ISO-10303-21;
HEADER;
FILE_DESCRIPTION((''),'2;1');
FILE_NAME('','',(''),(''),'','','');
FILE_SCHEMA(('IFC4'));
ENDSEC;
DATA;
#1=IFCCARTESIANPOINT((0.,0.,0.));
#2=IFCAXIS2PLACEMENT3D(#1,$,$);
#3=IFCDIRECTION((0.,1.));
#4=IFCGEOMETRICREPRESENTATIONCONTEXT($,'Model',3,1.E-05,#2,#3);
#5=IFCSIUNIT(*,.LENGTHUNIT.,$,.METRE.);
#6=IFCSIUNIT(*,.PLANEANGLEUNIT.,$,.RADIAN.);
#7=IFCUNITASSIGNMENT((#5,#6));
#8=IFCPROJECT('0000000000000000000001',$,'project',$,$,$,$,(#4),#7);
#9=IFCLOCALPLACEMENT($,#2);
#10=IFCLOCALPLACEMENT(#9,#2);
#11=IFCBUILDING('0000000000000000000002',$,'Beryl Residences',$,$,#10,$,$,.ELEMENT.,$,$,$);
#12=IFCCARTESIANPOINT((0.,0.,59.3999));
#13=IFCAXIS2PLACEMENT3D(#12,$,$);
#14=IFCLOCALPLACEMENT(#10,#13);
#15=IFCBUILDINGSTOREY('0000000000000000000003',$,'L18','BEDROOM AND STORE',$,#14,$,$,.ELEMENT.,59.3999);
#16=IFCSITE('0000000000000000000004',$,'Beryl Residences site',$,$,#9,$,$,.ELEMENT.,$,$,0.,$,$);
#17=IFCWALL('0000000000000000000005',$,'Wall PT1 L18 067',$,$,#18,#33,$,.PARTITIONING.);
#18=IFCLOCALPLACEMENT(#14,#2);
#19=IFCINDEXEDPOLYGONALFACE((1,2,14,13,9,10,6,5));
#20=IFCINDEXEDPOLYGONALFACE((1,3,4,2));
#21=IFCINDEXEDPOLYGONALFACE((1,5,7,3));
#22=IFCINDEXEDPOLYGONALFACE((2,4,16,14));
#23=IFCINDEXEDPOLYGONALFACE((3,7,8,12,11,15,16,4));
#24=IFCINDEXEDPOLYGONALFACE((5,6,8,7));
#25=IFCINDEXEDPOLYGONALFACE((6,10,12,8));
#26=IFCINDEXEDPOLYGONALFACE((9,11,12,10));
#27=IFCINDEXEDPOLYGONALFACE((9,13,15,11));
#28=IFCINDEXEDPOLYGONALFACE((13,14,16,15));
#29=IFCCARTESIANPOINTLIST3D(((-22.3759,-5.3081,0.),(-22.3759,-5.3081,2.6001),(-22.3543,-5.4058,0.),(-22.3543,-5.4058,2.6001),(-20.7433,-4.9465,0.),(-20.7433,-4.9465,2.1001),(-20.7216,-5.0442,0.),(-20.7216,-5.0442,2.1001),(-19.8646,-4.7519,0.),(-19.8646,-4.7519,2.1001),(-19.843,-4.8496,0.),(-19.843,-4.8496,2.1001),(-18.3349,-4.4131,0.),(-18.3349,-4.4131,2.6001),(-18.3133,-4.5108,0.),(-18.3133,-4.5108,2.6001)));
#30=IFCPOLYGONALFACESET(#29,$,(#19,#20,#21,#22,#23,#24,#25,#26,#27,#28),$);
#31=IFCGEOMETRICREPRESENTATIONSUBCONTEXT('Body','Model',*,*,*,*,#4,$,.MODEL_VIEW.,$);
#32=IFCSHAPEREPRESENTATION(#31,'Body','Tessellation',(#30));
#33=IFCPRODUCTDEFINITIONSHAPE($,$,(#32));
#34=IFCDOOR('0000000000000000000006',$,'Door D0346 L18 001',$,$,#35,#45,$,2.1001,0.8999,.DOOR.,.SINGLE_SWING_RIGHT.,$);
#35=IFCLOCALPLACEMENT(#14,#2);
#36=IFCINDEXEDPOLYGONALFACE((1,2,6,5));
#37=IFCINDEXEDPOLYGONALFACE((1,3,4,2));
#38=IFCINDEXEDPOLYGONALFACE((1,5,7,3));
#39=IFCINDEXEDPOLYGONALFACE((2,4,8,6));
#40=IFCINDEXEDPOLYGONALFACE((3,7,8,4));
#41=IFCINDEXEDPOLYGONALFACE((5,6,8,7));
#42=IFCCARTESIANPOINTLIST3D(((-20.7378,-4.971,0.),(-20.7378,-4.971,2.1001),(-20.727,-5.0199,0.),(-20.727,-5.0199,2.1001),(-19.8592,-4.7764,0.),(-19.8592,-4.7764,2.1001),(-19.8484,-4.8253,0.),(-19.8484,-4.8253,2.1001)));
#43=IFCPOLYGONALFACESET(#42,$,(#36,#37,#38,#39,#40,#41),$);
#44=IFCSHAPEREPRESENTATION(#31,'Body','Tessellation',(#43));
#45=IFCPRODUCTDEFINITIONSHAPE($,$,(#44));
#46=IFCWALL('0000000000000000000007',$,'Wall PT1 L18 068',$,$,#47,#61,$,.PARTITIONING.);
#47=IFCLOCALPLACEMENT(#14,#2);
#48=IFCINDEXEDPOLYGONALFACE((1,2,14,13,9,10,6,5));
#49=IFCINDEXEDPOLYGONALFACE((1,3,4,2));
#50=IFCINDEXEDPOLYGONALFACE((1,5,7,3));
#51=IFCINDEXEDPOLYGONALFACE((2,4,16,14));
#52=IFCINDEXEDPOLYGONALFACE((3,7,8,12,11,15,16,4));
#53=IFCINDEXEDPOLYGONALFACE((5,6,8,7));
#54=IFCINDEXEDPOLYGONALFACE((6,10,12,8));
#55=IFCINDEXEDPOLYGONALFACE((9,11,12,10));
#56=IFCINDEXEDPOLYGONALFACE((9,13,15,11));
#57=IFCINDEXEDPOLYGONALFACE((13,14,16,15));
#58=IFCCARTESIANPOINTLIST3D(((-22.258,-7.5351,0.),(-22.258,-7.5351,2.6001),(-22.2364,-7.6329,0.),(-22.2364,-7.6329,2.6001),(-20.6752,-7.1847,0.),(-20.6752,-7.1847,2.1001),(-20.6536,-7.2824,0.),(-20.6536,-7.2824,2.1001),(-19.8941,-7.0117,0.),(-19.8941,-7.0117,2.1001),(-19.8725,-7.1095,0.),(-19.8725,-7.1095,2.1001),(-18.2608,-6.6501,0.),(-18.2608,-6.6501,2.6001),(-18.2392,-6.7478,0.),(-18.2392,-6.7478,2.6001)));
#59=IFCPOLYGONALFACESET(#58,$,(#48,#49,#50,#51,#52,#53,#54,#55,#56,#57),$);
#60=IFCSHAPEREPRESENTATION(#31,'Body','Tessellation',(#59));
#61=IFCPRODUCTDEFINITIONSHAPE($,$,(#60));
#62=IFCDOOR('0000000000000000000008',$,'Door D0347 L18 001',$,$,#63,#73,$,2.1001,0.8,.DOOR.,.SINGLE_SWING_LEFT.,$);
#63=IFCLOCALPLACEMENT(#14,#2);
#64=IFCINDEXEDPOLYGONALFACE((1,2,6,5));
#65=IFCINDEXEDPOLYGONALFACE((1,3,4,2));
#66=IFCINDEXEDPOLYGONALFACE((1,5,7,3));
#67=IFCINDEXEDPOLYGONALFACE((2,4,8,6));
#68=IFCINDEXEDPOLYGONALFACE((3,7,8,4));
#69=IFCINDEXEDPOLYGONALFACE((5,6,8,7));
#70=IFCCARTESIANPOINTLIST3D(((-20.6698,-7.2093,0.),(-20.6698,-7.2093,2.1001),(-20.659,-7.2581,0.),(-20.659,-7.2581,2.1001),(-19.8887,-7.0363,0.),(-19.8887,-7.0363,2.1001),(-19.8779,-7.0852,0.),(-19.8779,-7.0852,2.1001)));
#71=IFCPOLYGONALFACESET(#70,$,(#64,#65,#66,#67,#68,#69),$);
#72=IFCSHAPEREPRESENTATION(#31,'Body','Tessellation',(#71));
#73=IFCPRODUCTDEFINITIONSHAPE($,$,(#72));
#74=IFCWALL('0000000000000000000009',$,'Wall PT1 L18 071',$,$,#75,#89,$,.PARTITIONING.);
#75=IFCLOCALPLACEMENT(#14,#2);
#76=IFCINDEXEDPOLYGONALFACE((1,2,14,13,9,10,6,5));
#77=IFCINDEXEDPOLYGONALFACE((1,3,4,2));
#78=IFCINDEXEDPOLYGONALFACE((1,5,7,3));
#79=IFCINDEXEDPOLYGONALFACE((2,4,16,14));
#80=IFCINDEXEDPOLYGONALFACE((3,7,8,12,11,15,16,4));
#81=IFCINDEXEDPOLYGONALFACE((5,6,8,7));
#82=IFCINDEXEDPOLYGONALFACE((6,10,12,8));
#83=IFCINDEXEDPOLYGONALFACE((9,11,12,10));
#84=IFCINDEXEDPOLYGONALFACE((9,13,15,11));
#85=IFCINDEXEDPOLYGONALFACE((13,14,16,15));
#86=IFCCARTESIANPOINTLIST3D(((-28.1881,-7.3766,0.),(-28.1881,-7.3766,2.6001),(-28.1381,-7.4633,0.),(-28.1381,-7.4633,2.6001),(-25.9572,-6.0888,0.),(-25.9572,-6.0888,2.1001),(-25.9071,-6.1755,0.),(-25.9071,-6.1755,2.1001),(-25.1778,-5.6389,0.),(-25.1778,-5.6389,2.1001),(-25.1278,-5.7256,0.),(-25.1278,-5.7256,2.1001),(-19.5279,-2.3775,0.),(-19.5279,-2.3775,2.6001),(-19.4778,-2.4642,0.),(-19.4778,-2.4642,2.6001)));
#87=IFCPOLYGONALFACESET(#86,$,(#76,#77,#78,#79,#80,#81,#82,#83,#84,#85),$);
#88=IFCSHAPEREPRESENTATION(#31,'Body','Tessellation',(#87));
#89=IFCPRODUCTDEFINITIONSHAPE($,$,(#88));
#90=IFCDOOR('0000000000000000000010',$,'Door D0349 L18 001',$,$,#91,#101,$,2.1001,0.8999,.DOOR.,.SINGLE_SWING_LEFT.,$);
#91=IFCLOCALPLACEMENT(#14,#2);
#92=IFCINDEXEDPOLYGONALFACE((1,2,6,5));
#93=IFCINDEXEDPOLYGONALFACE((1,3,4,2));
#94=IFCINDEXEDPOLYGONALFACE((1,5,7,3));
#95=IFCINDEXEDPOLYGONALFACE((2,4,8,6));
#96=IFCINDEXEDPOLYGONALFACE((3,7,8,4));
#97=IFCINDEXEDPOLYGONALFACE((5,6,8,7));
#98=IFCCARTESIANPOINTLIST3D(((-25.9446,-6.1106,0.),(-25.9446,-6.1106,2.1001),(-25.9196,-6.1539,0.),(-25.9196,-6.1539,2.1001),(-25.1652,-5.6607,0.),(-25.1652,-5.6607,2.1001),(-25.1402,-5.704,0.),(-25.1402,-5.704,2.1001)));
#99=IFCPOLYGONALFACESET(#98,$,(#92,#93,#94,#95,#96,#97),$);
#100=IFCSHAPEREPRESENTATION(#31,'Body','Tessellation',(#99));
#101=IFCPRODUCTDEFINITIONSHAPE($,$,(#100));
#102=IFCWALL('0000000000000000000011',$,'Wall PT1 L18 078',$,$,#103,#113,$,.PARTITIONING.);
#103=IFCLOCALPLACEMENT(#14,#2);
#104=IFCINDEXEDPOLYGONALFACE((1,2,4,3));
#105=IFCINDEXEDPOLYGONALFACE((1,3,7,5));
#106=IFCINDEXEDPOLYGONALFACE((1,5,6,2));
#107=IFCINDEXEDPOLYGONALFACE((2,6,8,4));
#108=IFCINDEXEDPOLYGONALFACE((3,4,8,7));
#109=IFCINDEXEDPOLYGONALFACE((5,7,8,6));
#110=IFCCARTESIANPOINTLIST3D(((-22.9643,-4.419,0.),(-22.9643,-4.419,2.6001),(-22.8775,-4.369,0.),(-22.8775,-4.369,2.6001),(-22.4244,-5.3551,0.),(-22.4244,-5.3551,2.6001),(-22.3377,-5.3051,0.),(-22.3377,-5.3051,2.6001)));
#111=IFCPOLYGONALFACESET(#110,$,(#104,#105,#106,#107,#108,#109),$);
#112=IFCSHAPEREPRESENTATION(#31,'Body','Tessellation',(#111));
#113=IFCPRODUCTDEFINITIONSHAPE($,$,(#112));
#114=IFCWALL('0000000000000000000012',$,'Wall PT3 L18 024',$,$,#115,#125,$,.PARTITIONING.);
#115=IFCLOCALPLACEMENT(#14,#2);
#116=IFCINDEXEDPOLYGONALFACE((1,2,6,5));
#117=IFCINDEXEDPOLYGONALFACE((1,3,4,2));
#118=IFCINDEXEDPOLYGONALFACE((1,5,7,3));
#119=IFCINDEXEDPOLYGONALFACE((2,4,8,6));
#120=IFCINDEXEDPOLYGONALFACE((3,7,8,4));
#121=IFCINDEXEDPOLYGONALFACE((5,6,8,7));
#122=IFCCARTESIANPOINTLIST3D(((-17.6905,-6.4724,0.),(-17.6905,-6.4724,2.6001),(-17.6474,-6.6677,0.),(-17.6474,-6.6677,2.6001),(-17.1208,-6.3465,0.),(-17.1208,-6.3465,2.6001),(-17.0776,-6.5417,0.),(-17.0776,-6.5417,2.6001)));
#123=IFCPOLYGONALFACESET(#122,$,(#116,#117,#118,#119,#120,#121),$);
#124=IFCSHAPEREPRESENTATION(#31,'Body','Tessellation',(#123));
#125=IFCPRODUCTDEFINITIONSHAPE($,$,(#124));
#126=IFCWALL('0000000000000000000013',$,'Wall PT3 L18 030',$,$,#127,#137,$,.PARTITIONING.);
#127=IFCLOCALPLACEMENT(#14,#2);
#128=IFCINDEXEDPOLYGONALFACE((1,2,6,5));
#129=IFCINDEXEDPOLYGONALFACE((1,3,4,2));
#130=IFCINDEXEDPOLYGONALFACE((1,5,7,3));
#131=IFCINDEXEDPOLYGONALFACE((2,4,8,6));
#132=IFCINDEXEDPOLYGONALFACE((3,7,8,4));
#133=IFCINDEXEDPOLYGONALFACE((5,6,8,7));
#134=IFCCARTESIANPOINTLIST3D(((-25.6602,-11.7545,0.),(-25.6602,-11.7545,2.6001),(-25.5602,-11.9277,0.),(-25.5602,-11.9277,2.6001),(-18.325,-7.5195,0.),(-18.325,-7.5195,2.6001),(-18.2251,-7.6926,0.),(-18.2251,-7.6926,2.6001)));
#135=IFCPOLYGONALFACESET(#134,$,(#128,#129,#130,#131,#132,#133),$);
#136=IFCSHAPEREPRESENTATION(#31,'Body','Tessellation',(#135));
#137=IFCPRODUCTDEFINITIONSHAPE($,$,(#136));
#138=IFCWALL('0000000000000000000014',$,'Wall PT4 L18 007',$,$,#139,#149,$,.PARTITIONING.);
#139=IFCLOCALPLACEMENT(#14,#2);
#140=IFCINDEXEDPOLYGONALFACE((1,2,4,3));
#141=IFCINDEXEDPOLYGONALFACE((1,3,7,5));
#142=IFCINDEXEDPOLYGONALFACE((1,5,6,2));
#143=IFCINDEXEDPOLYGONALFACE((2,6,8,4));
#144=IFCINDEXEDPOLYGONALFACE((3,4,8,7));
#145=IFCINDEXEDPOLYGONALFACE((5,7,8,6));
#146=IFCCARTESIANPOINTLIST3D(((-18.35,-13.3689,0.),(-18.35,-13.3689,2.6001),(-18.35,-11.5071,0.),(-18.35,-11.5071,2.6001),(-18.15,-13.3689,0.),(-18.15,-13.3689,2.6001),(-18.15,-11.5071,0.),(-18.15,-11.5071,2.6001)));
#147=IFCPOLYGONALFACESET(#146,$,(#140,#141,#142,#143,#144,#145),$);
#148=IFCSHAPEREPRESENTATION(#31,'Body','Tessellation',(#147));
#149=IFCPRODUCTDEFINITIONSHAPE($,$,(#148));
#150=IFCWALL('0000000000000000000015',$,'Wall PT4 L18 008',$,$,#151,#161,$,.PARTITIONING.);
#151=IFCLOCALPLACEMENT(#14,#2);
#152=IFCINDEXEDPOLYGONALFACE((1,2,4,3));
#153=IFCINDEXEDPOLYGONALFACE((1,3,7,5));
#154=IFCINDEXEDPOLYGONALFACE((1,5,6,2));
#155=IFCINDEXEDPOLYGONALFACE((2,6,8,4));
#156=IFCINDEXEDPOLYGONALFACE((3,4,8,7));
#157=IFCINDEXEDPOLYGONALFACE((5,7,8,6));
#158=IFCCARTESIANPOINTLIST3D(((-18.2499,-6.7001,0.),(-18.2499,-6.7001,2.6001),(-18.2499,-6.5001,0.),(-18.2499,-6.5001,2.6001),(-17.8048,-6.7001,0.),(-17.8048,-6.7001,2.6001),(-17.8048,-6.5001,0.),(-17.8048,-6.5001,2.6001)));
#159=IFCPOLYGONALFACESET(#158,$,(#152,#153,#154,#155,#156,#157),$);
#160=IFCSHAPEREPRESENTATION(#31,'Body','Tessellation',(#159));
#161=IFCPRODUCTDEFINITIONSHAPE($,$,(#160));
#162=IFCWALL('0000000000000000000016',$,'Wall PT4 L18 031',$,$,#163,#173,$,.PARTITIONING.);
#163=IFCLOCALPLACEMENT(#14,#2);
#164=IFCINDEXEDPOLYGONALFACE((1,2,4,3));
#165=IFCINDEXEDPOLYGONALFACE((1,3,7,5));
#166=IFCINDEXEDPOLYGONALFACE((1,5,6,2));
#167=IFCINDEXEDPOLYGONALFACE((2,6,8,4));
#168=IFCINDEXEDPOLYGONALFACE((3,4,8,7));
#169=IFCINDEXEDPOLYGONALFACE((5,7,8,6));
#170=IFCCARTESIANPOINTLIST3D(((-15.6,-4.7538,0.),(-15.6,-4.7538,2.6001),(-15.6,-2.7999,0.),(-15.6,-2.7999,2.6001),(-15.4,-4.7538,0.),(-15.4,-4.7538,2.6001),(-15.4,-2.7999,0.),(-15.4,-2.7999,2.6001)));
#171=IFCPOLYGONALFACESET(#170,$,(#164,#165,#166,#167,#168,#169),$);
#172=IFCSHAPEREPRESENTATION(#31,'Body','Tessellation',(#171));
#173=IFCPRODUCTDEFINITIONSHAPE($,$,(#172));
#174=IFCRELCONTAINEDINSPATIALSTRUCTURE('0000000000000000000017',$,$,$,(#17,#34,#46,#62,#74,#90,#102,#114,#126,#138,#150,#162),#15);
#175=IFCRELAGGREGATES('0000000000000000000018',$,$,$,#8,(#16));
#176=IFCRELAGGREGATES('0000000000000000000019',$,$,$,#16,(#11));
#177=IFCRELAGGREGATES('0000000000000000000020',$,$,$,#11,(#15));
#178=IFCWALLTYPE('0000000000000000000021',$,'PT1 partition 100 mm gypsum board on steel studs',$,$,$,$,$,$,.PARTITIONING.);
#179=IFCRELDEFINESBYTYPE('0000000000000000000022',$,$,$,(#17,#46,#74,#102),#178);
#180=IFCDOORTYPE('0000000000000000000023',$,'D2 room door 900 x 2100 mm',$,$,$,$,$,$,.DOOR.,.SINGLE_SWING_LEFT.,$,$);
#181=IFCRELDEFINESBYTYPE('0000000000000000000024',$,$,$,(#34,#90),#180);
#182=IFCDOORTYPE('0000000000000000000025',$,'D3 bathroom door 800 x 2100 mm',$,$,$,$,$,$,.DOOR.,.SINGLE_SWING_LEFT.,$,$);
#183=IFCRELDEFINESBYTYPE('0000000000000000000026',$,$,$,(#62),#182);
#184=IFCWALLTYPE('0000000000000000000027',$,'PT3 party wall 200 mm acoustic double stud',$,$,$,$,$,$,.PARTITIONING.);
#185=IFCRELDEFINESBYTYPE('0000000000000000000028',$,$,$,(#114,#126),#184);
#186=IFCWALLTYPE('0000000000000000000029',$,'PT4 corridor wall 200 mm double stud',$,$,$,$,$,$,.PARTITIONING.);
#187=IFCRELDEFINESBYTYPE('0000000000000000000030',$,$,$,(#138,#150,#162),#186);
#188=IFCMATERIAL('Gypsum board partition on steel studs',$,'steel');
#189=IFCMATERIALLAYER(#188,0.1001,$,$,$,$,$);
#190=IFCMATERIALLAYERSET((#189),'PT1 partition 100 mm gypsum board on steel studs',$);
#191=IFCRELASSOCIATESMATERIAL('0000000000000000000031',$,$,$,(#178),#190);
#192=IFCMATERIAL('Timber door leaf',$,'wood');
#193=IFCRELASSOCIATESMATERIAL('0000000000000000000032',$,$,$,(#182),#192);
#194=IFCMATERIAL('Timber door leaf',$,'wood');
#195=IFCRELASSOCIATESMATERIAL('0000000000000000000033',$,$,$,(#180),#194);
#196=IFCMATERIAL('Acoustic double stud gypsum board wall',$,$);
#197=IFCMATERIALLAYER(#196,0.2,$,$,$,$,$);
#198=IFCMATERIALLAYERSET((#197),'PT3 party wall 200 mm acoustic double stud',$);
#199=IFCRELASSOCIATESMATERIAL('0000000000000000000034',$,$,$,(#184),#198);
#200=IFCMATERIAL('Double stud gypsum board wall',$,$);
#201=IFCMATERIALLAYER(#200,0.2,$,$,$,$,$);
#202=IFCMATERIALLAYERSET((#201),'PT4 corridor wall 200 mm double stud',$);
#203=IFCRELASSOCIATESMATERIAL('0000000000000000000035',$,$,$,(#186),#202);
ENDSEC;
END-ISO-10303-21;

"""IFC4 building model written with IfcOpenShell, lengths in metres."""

from ifc_helpers import new_model, si_unit, direction, frame, frame_2d, origin, place, context, subcontext, project, spatial, rectangle, extrude, material, layer, layer_set, type_object, element, fill, save


model = new_model("IFC4")

# Units and contexts
model_context = context("Model", 3, precision=1e-05, world=origin(), true_north=direction((0.0, 1.0)))
body_context = subcontext(model_context, "Body", "Model", "MODEL_VIEW")
ifc_project = project(units=[si_unit("LENGTHUNIT", "METRE"), si_unit("PLANEANGLEUNIT", "RADIAN")], contexts=[model_context])

# Site, building, storey
site_placement = place(None, origin())
site = spatial("IfcSite", under=ifc_project, at=site_placement, Name="Beryl Residences site", CompositionType="ELEMENT", RefElevation=0.0)
building_placement = place(site_placement, origin())
building = spatial("IfcBuilding", under=site, at=building_placement, Name="Beryl Residences", CompositionType="ELEMENT")
storey_placement = place(building_placement, frame((0.0, 0.0, 59.3999)))
storey = spatial("IfcBuildingStorey", under=building, at=storey_placement, Name="L18", Description="BEDROOM AND STORE", CompositionType="ELEMENT", Elevation=59.3999)

# Shared definitions
ifc_material_1 = material(Name="Gypsum board partition on steel studs", Category="steel")
ifc_layer_1 = layer(ifc_material_1, 0.1001)
ifc_layer_set_1 = layer_set([ifc_layer_1], Name="PT1 partition 100 mm gypsum board on steel studs")
wall_type_1 = type_object("IfcWallType", Name="PT1 partition 100 mm gypsum board on steel studs", PredefinedType="PARTITIONING", material=ifc_layer_set_1)

# Walls, openings, doors
ifc_material_2 = material(Name="Timber door leaf", Category="wood")
door_type_1 = type_object("IfcDoorType", Name="D3 bathroom door 800 x 2100 mm", OperationType="SINGLE_SWING_LEFT", PredefinedType="DOOR", material=ifc_material_2)
ifc_material_3 = material(Name="Timber door leaf", Category="wood")
door_type_2 = type_object("IfcDoorType", Name="D2 room door 900 x 2100 mm", OperationType="SINGLE_SWING_LEFT", PredefinedType="DOOR", material=ifc_material_3)
wall_1_placement = place(storey_placement, frame((-22.365, -5.3569, 0.0), z_axis=(0.0, 0.0, 1.0), x_axis=(0.976339, 0.216243, 0.0)))
wall_1 = element("IfcWall", 1, at=wall_1_placement, inside=storey, type_object=wall_type_1, Name="Wall PT1 L18 067", PredefinedType="PARTITIONING", context=body_context, shape_type="SweptSolid", body=[
    extrude(rectangle(XDim=4.1389, YDim=0.1001, at=frame_2d((2.0693, 0.0))), origin(), (0.0, 0.0, 1.0), 2.6001),
])
opening_1_placement = place(wall_1_placement, frame((1.6721, 0.0, 0.0)))
opening_1 = element("IfcOpeningElement", 2, at=opening_1_placement, cuts=wall_1, PredefinedType="OPENING", context=body_context, shape_type="SweptSolid", body=[
    extrude(rectangle(XDim=0.8999, YDim=2.1001, at=frame_2d((0.45, 1.05))), frame((0.0, 0.0601, 0.0), z_axis=(0.0, -1.0, 0.0), x_axis=(1.0, 0.0, 0.0)), (0.0, 0.0, 1.0), 0.1201),
])
door_1_placement = place(opening_1_placement, origin())
door_1 = element("IfcDoor", 3, at=door_1_placement, inside=storey, type_object=door_type_2, Name="Door D0346 L18 001", OperationType="SINGLE_SWING_RIGHT", OverallHeight=2.1001, OverallWidth=0.8999, PredefinedType="DOOR", context=body_context, shape_type="SweptSolid", body=[
    extrude(rectangle(XDim=0.8999, YDim=2.1001, at=frame_2d((0.45, 1.05))), frame((0.0, 0.0249, 0.0), z_axis=(0.0, -1.0, 0.0), x_axis=(1.0, 0.0, 0.0)), (0.0, 0.0, 1.0), 0.05),
])
fill(opening_1, door_1)
wall_2_placement = place(storey_placement, frame((-22.2471, -7.584, 0.0), z_axis=(0.0, 0.0, 1.0), x_axis=(0.976354, 0.216179, 0.0)))
wall_2 = element("IfcWall", 4, at=wall_2_placement, inside=storey, type_object=wall_type_1, Name="Wall PT1 L18 068", PredefinedType="PARTITIONING", context=body_context, shape_type="SweptSolid", body=[
    extrude(rectangle(XDim=4.094, YDim=0.1001, at=frame_2d((2.0469, 0.0))), origin(), (0.0, 0.0, 1.0), 2.6001),
])
opening_2_placement = place(wall_2_placement, frame((1.6211, 0.0, 0.0)))
opening_2 = element("IfcOpeningElement", 5, at=opening_2_placement, cuts=wall_2, PredefinedType="OPENING", context=body_context, shape_type="SweptSolid", body=[
    extrude(rectangle(XDim=0.8, YDim=2.1001, at=frame_2d((0.3999, 1.05))), frame((0.0, 0.0601, 0.0), z_axis=(0.0, -1.0, 0.0), x_axis=(1.0, 0.0, 0.0)), (0.0, 0.0, 1.0), 0.1201),
])
door_2_placement = place(opening_2_placement, origin())
door_2 = element("IfcDoor", 6, at=door_2_placement, inside=storey, type_object=door_type_1, Name="Door D0347 L18 001", OperationType="SINGLE_SWING_LEFT", OverallHeight=2.1001, OverallWidth=0.8, PredefinedType="DOOR", context=body_context, shape_type="SweptSolid", body=[
    extrude(rectangle(XDim=0.8, YDim=2.1001, at=frame_2d((0.3999, 1.05))), frame((0.0, 0.0249, 0.0), z_axis=(0.0, -1.0, 0.0), x_axis=(1.0, 0.0, 0.0)), (0.0, 0.0, 1.0), 0.05),
])
fill(opening_2, door_2)
wall_3_placement = place(storey_placement, frame((-28.1631, -7.4199, 0.0), z_axis=(0.0, 0.0, 1.0), x_axis=(0.866065, 0.499931, 0.0)))
wall_3 = element("IfcWall", 7, at=wall_3_placement, inside=storey, type_object=wall_type_1, Name="Wall PT1 L18 071", PredefinedType="PARTITIONING", context=body_context, shape_type="SweptSolid", body=[
    extrude(rectangle(XDim=9.9995, YDim=0.1001, at=frame_2d((4.9998, 0.0))), origin(), (0.0, 0.0, 1.0), 2.6001),
])
opening_3_placement = place(wall_3_placement, frame((2.5759, 0.0, 0.0)))
opening_3 = element("IfcOpeningElement", 8, at=opening_3_placement, cuts=wall_3, PredefinedType="OPENING", context=body_context, shape_type="SweptSolid", body=[
    extrude(rectangle(XDim=0.8999, YDim=2.1001, at=frame_2d((0.45, 1.05))), frame((0.0, 0.0601, 0.0), z_axis=(0.0, -1.0, 0.0), x_axis=(1.0, 0.0, 0.0)), (0.0, 0.0, 1.0), 0.1201),
])
door_3_placement = place(opening_3_placement, origin())
door_3 = element("IfcDoor", 9, at=door_3_placement, inside=storey, type_object=door_type_2, Name="Door D0349 L18 001", OperationType="SINGLE_SWING_LEFT", OverallHeight=2.1001, OverallWidth=0.8999, PredefinedType="DOOR", context=body_context, shape_type="SweptSolid", body=[
    extrude(rectangle(XDim=0.8999, YDim=2.1001, at=frame_2d((0.45, 1.05))), frame((0.0, 0.0249, 0.0), z_axis=(0.0, -1.0, 0.0), x_axis=(1.0, 0.0, 0.0)), (0.0, 0.0, 1.0), 0.05),
])
fill(opening_3, door_3)

# Walls
wall_4_placement = place(storey_placement, frame((-22.9209, -4.394, 0.0), z_axis=(0.0, 0.0, 1.0), x_axis=(0.499566, -0.866276, 0.0)))
element("IfcWall", 10, at=wall_4_placement, inside=storey, type_object=wall_type_1, Name="Wall PT1 L18 078", PredefinedType="PARTITIONING", context=body_context, shape_type="SweptSolid", body=[
    extrude(rectangle(XDim=1.0806, YDim=0.1001, at=frame_2d((0.5403, 0.0))), origin(), (0.0, 0.0, 1.0), 2.6001),
])
ifc_material_4 = material(Name="Acoustic double stud gypsum board wall")
ifc_layer_2 = layer(ifc_material_4, 0.2)
ifc_layer_set_2 = layer_set([ifc_layer_2], Name="PT3 party wall 200 mm acoustic double stud")
wall_type_2 = type_object("IfcWallType", Name="PT3 party wall 200 mm acoustic double stud", PredefinedType="PARTITIONING", material=ifc_layer_set_2)
wall_5_placement = place(storey_placement, frame((-17.6689, -6.5701, 0.0), z_axis=(0.0, 0.0, 1.0), x_axis=(0.976423, 0.215867, 0.0)))
element("IfcWall", 11, at=wall_5_placement, inside=storey, type_object=wall_type_2, Name="Wall PT3 L18 024", PredefinedType="PARTITIONING", context=body_context, shape_type="SweptSolid", body=[
    extrude(rectangle(XDim=0.5835, YDim=0.2, at=frame_2d((0.2917, 0.0))), origin(), (0.0, 0.0, 1.0), 2.6001),
])
wall_6_placement = place(storey_placement, frame((-25.6101, -11.8411, 0.0), z_axis=(0.0, 0.0, 1.0), x_axis=(0.866019, 0.500011, 0.0)))
element("IfcWall", 12, at=wall_6_placement, inside=storey, type_object=wall_type_2, Name="Wall PT3 L18 030", PredefinedType="PARTITIONING", context=body_context, shape_type="SweptSolid", body=[
    extrude(rectangle(XDim=8.47, YDim=0.2, at=frame_2d((4.2349, 0.0))), origin(), (0.0, 0.0, 1.0), 2.6001),
])
ifc_material_5 = material(Name="Double stud gypsum board wall")
ifc_layer_3 = layer(ifc_material_5, 0.2)
ifc_layer_set_3 = layer_set([ifc_layer_3], Name="PT4 corridor wall 200 mm double stud")
wall_type_3 = type_object("IfcWallType", Name="PT4 corridor wall 200 mm double stud", PredefinedType="PARTITIONING", material=ifc_layer_set_3)
wall_7_placement = place(storey_placement, frame((-18.25, -11.5071, 0.0), z_axis=(0.0, 0.0, 1.0), x_axis=(0.0, -1.0, 0.0)))
element("IfcWall", 13, at=wall_7_placement, inside=storey, type_object=wall_type_3, Name="Wall PT4 L18 007", PredefinedType="PARTITIONING", context=body_context, shape_type="SweptSolid", body=[
    extrude(rectangle(XDim=1.8618, YDim=0.2, at=frame_2d((0.9309, 0.0))), origin(), (0.0, 0.0, 1.0), 2.6001),
])
wall_8_placement = place(storey_placement, frame((-18.25, -6.6001, 0.0), z_axis=(0.0, 0.0, 1.0), x_axis=(1.0, 0.0, 0.0)))
element("IfcWall", 14, at=wall_8_placement, inside=storey, type_object=wall_type_3, Name="Wall PT4 L18 008", PredefinedType="PARTITIONING", context=body_context, shape_type="SweptSolid", body=[
    extrude(rectangle(XDim=0.4451, YDim=0.2, at=frame_2d((0.2227, 0.0))), origin(), (0.0, 0.0, 1.0), 2.6001),
])
wall_9_placement = place(storey_placement, frame((-15.5, -4.7539, 0.0), z_axis=(0.0, 0.0, 1.0), x_axis=(0.0, 1.0, 0.0)))
element("IfcWall", 15, at=wall_9_placement, inside=storey, type_object=wall_type_3, Name="Wall PT4 L18 031", PredefinedType="PARTITIONING", context=body_context, shape_type="SweptSolid", body=[
    extrude(rectangle(XDim=1.9539, YDim=0.2, at=frame_2d((0.9771, 0.0))), origin(), (0.0, 0.0, 1.0), 2.6001),
])

save(model, "model.ifc")
